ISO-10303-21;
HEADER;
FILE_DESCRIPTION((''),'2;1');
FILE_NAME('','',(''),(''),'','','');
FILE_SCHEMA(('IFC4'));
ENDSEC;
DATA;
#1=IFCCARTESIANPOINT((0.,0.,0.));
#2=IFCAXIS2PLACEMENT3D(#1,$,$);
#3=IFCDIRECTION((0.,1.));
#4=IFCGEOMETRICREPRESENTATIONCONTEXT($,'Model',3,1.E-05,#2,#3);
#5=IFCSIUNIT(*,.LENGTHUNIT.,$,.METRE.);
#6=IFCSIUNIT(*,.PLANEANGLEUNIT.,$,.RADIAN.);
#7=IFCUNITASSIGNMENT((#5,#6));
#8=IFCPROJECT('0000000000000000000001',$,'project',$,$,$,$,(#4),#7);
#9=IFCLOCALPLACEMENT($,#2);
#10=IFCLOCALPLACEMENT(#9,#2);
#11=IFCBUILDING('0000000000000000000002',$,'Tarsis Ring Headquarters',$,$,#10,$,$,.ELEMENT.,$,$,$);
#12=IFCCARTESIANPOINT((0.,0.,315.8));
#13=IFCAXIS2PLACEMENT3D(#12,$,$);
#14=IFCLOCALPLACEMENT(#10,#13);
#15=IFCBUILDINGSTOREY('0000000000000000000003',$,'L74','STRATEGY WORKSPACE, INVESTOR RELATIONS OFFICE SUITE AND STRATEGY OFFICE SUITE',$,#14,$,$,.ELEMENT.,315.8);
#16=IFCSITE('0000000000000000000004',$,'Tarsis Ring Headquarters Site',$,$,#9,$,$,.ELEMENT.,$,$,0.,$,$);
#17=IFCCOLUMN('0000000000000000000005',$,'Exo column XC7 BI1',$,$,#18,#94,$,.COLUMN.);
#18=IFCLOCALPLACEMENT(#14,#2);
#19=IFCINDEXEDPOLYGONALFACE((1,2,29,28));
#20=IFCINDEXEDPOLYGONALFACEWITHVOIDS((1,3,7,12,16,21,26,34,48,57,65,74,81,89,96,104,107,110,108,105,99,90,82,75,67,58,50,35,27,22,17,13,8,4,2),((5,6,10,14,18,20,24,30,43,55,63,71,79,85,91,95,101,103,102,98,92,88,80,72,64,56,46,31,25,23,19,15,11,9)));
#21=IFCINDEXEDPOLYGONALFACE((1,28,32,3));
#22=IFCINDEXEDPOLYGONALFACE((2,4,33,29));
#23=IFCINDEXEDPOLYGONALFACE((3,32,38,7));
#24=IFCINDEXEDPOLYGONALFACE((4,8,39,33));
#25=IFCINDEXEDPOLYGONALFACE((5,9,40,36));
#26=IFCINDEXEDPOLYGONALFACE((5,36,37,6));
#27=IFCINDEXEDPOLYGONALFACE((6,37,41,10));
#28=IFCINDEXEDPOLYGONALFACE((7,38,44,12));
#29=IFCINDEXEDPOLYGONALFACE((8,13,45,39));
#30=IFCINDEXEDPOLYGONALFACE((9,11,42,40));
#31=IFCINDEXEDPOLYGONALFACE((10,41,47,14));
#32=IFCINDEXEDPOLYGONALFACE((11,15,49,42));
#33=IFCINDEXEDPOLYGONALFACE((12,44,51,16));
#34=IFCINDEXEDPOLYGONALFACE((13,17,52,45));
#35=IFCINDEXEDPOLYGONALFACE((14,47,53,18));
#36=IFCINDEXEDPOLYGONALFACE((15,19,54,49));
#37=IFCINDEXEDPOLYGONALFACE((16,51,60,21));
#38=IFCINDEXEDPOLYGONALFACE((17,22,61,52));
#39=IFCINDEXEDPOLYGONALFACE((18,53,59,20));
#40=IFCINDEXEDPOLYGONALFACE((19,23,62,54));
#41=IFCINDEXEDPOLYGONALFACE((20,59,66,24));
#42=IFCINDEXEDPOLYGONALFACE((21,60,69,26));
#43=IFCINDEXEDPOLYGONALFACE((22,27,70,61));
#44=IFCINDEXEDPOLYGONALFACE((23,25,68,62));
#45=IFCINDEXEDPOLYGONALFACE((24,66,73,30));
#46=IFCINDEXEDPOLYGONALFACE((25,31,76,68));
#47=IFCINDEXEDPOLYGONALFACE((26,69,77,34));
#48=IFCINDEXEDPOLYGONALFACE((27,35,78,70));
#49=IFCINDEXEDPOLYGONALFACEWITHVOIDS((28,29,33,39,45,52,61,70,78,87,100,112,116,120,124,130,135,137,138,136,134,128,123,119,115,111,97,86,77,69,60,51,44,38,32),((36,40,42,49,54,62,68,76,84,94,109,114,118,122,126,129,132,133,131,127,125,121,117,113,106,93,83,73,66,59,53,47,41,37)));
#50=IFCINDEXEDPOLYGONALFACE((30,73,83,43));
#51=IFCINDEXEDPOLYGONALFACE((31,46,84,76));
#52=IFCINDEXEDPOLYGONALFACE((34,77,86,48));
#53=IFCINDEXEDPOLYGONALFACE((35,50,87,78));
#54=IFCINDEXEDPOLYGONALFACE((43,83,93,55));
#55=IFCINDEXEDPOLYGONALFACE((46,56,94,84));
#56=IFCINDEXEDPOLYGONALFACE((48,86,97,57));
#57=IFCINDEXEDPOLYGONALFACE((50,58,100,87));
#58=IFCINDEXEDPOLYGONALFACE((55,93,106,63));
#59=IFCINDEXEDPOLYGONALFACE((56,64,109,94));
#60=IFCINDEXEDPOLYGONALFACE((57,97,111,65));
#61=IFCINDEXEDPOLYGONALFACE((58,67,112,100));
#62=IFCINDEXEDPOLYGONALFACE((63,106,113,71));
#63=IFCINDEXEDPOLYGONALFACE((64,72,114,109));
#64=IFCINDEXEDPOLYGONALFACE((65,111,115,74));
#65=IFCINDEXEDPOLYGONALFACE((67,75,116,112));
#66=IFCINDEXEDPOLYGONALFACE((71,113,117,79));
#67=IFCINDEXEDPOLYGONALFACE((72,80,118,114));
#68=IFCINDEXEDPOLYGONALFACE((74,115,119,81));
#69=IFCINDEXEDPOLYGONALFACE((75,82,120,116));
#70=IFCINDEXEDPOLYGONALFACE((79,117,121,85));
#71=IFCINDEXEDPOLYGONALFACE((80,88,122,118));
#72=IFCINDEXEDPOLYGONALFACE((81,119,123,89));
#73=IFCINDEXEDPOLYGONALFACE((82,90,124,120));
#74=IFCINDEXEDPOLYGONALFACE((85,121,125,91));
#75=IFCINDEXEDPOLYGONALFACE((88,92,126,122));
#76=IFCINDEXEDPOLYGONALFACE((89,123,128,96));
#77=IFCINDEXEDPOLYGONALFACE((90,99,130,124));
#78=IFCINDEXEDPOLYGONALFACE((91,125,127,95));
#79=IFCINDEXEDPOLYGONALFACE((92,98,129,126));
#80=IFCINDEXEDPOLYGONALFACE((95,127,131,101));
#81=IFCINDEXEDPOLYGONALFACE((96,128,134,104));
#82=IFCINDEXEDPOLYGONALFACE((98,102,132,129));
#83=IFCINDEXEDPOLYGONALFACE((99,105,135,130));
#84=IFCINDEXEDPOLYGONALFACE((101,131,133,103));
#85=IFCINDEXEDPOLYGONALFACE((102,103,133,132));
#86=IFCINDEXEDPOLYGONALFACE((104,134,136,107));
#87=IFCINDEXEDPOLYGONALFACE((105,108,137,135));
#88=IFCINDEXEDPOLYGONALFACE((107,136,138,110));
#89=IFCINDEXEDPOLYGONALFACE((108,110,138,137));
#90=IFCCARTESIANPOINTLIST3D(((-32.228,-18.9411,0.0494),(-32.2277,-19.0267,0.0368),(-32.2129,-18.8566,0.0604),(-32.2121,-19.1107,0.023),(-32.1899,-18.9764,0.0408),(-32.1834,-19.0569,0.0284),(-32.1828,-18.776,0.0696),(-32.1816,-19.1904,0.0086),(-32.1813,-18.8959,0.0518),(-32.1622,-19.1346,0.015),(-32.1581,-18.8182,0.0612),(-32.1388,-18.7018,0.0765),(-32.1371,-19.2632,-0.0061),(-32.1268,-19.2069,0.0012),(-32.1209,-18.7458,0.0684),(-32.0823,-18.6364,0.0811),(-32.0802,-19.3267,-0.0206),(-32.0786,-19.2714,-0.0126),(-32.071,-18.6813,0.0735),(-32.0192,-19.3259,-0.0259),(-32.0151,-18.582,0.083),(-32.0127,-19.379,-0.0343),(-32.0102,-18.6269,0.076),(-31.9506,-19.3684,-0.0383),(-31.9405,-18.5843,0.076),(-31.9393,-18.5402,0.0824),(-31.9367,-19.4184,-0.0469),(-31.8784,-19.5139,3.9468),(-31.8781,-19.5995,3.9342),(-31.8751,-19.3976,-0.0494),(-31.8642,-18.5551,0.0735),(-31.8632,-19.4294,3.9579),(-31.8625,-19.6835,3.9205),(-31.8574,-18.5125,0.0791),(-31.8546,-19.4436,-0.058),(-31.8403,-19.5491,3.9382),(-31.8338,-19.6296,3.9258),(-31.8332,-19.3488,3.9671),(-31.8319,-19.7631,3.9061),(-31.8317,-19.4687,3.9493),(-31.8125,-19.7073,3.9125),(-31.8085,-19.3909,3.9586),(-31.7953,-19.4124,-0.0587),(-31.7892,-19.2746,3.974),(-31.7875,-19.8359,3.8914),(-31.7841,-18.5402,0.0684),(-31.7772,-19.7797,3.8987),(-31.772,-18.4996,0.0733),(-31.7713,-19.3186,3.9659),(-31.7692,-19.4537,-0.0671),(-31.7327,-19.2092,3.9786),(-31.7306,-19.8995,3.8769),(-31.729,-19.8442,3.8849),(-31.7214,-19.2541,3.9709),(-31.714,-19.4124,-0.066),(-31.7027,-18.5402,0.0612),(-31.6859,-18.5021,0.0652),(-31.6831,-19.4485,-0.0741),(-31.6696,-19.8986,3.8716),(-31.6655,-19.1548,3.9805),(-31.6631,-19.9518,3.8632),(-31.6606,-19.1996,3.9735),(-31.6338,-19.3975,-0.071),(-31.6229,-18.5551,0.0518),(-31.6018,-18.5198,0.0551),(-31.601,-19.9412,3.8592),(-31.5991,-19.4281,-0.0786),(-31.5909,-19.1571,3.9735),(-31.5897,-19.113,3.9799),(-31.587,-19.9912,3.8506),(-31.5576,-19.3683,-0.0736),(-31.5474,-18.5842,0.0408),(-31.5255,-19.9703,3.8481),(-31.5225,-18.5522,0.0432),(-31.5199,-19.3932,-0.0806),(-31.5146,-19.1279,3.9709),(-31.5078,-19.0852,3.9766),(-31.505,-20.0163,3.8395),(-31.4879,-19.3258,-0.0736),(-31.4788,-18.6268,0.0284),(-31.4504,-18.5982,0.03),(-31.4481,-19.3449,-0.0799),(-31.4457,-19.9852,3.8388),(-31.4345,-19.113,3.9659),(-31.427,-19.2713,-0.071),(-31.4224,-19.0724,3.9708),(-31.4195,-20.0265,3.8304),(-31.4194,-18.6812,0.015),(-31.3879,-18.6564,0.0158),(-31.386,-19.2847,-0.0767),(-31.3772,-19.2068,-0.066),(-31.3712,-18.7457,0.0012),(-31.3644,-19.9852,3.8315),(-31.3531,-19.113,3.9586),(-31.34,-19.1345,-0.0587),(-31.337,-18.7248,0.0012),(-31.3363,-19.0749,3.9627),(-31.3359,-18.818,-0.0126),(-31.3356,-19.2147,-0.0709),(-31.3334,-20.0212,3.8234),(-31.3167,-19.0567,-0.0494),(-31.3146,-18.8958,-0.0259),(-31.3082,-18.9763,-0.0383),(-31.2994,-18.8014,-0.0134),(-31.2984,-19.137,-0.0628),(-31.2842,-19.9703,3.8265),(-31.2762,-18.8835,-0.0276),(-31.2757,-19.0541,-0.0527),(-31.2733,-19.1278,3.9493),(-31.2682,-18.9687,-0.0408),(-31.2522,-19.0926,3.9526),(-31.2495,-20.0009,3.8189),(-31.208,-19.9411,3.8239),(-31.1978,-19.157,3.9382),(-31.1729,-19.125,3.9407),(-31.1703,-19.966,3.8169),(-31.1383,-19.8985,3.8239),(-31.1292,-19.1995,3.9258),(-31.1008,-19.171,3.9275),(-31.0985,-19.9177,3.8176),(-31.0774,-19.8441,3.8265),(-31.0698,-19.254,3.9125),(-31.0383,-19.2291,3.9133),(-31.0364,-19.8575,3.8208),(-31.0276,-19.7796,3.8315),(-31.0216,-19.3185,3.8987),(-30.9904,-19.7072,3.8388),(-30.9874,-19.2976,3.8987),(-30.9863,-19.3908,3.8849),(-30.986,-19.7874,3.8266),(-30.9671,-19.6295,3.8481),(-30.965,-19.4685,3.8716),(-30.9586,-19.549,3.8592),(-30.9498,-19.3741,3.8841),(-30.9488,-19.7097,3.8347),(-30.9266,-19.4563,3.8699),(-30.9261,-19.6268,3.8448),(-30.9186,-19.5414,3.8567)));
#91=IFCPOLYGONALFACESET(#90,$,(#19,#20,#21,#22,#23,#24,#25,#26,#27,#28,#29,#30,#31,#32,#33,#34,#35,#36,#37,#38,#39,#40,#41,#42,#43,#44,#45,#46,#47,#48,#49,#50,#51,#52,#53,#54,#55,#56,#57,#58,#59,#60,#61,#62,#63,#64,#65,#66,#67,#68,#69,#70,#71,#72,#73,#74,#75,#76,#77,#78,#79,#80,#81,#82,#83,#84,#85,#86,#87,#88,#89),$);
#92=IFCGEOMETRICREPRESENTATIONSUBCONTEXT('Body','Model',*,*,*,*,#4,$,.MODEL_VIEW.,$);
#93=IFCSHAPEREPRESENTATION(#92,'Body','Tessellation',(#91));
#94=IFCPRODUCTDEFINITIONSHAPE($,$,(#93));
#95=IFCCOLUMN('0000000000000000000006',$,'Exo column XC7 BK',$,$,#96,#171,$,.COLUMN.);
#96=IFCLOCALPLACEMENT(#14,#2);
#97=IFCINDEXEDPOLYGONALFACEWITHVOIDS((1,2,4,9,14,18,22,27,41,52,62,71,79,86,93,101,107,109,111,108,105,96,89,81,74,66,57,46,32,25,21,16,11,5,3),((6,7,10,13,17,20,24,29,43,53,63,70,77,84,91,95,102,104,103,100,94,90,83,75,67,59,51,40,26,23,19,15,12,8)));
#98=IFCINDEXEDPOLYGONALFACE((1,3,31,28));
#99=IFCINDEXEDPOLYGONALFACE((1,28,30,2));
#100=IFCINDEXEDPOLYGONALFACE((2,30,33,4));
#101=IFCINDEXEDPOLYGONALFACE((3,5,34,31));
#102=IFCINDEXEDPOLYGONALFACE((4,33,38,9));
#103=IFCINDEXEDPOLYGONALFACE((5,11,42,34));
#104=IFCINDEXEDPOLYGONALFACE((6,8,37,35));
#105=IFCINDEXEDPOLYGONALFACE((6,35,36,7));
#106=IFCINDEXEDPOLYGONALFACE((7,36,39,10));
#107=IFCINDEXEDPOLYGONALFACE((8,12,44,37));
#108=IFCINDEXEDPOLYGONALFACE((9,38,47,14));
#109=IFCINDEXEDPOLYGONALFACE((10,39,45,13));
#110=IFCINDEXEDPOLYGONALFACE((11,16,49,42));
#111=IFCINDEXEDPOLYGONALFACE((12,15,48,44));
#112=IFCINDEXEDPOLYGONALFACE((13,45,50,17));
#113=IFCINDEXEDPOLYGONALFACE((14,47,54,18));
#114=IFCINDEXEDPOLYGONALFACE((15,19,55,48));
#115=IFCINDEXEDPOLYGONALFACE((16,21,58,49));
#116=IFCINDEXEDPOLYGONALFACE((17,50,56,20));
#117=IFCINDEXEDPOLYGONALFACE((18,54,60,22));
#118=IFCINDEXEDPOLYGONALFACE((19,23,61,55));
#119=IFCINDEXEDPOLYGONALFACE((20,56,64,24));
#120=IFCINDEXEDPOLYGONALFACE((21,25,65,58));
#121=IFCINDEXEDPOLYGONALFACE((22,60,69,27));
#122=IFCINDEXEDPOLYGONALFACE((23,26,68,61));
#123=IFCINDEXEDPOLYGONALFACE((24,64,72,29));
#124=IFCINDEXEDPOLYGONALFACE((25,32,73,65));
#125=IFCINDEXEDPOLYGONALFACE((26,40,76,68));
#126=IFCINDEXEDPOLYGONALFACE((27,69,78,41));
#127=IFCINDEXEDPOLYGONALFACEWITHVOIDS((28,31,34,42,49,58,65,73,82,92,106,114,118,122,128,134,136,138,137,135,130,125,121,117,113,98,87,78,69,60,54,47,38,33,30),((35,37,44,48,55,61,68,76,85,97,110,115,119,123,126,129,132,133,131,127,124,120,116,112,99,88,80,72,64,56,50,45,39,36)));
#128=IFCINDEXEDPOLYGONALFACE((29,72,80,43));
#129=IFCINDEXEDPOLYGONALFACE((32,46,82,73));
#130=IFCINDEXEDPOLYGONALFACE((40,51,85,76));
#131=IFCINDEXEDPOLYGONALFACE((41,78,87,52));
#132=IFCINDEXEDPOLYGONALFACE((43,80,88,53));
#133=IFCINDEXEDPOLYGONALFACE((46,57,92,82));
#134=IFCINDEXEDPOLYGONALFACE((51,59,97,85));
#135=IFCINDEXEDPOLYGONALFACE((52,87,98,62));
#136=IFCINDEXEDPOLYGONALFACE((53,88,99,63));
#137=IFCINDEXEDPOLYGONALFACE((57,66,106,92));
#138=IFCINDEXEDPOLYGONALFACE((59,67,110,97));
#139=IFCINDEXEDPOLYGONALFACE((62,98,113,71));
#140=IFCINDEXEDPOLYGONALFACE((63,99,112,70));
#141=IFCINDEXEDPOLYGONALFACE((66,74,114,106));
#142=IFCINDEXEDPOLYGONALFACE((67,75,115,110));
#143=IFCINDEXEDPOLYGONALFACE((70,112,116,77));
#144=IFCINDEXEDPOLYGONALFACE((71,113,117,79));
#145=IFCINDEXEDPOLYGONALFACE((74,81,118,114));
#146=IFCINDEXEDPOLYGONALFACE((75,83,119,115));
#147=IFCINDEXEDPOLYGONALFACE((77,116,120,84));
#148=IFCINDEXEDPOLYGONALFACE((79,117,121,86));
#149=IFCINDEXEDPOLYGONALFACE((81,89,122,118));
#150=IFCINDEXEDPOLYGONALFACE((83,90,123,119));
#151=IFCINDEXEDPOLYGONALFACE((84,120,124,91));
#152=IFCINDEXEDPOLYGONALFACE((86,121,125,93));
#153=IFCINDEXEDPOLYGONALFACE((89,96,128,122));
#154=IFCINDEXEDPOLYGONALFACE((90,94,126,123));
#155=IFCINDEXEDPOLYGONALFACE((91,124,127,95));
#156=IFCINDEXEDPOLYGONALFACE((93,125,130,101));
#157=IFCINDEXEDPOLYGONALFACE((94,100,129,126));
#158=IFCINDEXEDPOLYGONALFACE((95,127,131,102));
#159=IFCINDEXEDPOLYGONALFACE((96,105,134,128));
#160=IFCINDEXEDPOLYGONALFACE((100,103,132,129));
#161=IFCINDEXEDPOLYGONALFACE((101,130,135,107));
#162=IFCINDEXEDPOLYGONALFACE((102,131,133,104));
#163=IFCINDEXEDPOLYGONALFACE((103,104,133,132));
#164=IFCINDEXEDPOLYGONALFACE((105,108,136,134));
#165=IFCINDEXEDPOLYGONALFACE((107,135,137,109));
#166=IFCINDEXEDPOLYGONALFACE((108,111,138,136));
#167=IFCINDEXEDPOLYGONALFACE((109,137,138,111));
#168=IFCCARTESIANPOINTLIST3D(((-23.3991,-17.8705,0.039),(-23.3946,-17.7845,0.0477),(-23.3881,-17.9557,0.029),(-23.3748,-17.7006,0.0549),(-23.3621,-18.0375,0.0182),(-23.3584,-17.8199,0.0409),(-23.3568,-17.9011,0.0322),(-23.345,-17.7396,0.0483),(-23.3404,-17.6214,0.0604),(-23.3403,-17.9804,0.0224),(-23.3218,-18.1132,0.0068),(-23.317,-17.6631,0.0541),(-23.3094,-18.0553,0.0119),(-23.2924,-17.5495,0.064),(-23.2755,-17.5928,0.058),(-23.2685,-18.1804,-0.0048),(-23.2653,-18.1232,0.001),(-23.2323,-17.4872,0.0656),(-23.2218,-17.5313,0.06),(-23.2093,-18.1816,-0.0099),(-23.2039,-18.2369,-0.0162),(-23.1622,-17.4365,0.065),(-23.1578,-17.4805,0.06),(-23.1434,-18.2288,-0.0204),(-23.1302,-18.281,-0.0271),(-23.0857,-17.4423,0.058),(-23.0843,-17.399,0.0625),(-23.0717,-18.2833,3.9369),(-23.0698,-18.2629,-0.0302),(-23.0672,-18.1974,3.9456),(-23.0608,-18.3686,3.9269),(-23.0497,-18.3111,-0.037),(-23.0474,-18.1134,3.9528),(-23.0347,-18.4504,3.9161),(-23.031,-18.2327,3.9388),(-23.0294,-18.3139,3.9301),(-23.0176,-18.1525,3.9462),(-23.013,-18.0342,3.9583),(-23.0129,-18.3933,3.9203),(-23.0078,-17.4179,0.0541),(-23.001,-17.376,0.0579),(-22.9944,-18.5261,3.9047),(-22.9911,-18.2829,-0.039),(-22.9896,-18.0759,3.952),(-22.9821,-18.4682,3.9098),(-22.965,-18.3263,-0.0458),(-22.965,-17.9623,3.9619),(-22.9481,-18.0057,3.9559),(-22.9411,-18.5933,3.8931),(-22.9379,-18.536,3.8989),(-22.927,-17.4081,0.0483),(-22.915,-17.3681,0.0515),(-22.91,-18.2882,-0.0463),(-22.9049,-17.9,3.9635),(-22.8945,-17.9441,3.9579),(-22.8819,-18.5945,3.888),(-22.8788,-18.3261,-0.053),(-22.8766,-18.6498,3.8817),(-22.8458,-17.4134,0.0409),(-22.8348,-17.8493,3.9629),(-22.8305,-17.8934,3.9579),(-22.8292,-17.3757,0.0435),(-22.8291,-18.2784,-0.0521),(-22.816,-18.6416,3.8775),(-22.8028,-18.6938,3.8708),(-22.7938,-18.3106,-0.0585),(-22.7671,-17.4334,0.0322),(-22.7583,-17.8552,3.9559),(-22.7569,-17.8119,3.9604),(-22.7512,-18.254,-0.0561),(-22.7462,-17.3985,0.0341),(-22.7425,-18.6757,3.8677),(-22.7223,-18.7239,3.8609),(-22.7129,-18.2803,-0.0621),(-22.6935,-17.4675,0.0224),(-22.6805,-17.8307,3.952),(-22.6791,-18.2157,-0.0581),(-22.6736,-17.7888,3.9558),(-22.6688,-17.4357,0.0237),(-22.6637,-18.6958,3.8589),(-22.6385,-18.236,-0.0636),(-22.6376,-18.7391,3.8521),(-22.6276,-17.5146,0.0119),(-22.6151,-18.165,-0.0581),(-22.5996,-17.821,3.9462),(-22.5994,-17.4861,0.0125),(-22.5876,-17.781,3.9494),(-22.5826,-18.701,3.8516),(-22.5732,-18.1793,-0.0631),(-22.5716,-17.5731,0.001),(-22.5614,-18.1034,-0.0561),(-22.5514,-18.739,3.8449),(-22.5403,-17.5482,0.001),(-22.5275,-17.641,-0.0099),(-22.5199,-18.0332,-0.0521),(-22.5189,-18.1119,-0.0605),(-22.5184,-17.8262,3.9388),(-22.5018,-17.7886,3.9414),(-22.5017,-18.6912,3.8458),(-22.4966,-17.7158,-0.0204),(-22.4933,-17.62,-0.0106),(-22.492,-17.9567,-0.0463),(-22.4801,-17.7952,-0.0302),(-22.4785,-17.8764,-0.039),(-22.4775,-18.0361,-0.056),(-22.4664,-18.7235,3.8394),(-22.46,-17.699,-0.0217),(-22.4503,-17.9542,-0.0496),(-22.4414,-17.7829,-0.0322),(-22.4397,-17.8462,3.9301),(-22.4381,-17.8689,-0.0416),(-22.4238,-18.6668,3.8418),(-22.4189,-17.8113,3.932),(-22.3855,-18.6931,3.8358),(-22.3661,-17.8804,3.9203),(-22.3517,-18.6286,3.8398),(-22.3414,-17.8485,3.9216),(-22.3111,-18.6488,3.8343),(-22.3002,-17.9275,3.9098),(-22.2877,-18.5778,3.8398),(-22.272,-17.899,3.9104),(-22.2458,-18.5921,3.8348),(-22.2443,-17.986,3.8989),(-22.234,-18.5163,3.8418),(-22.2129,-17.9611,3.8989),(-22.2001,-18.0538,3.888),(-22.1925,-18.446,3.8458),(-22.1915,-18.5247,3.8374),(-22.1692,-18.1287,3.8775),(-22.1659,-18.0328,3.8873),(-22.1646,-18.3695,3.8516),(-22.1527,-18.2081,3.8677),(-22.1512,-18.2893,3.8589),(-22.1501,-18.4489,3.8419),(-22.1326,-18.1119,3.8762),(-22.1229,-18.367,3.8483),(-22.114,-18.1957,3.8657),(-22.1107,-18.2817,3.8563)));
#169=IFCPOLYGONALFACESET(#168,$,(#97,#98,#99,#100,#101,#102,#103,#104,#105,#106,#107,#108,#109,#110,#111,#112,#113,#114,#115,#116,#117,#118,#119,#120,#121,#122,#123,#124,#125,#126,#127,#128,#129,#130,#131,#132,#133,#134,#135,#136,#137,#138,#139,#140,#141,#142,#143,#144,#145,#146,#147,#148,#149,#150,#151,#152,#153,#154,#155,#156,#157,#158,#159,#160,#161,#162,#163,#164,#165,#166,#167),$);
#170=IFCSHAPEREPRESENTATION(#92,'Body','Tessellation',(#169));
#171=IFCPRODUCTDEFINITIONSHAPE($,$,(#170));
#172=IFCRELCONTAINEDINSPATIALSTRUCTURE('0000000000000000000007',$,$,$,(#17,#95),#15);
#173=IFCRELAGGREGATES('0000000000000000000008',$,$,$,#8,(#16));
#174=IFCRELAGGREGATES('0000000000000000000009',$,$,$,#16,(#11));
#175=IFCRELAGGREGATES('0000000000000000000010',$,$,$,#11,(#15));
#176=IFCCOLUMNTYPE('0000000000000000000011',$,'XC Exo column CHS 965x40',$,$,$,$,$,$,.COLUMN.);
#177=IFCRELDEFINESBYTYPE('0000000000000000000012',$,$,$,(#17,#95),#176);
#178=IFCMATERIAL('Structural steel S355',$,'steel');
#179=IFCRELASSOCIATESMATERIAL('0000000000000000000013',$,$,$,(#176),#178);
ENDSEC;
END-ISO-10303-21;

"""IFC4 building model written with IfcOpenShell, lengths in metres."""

from ifc_helpers import new_model, si_unit, direction, frame, origin, origin_2d, place, context, subcontext, project, spatial, hollow_circle, extrude, material, material_profile, profile_set, type_object, element, save


model = new_model("IFC4")

# Units and contexts
model_context = context("Model", 3, precision=1e-05, world=origin(), true_north=direction((0.0, 1.0)))
body_context = subcontext(model_context, "Body", "Model", "MODEL_VIEW")
ifc_project = project(units=[si_unit("LENGTHUNIT", "METRE"), si_unit("PLANEANGLEUNIT", "RADIAN")], contexts=[model_context])

# Site, building, storey
site_placement = place(None, origin())
site = spatial("IfcSite", under=ifc_project, at=site_placement, Name="Tarsis Ring Headquarters Site", CompositionType="ELEMENT", RefElevation=0.0)
building_placement = place(site_placement, origin())
building = spatial("IfcBuilding", under=site, at=building_placement, Name="Tarsis Ring Headquarters", CompositionType="ELEMENT")
storey_placement = place(building_placement, frame((0.0, 0.0, 315.8)))
storey = spatial("IfcBuildingStorey", under=building, at=storey_placement, Name="L74", Description="STRATEGY WORKSPACE, INVESTOR RELATIONS OFFICE SUITE AND STRATEGY OFFICE SUITE", CompositionType="ELEMENT", Elevation=315.8)

# Columns
ifc_material_1 = material(Name="Structural steel S355", Category="steel")
ifc_material_profile_1 = material_profile(ifc_material_1, hollow_circle(Radius=0.4827, WallThickness=0.04, at=origin_2d()), Name="CHS 965x40")
ifc_profile_set_1 = profile_set([ifc_material_profile_1], Name="Structural steel S355")
column_type = type_object("IfcColumnType", Name="XC Exo column CHS 965x40", PredefinedType="COLUMN", material=ifc_profile_set_1)
column_1_placement = place(storey_placement, frame((-31.749, -18.9763, 0.0012), z_axis=(0.088401, -0.144825, 0.9855), x_axis=(0.853552, 0.521008, 0.0)))
element("IfcColumn", 1, at=column_1_placement, inside=storey, type_object=column_type, Name="Exo column XC7 BI1", PredefinedType="COLUMN", context=body_context, shape_type="SweptSolid", body=[
    extrude(hollow_circle(Radius=0.4827, WallThickness=0.04, at=origin_2d()), origin(), (0.0, 0.0, 1.0), 3.9548),
])
column_2_placement = place(storey_placement, frame((-22.9185, -17.8481, 0.001), z_axis=(0.083234, -0.104958, 0.990987), x_axis=(0.783529, 0.621355, 0.0)))
element("IfcColumn", 2, at=column_2_placement, inside=storey, type_object=column_type, Name="Exo column XC7 BK", PredefinedType="COLUMN", context=body_context, shape_type="SweptSolid", body=[
    extrude(hollow_circle(Radius=0.4827, WallThickness=0.04, at=origin_2d()), origin(), (0.0, 0.0, 1.0), 3.9333),
])

save(model, "model.ifc")
